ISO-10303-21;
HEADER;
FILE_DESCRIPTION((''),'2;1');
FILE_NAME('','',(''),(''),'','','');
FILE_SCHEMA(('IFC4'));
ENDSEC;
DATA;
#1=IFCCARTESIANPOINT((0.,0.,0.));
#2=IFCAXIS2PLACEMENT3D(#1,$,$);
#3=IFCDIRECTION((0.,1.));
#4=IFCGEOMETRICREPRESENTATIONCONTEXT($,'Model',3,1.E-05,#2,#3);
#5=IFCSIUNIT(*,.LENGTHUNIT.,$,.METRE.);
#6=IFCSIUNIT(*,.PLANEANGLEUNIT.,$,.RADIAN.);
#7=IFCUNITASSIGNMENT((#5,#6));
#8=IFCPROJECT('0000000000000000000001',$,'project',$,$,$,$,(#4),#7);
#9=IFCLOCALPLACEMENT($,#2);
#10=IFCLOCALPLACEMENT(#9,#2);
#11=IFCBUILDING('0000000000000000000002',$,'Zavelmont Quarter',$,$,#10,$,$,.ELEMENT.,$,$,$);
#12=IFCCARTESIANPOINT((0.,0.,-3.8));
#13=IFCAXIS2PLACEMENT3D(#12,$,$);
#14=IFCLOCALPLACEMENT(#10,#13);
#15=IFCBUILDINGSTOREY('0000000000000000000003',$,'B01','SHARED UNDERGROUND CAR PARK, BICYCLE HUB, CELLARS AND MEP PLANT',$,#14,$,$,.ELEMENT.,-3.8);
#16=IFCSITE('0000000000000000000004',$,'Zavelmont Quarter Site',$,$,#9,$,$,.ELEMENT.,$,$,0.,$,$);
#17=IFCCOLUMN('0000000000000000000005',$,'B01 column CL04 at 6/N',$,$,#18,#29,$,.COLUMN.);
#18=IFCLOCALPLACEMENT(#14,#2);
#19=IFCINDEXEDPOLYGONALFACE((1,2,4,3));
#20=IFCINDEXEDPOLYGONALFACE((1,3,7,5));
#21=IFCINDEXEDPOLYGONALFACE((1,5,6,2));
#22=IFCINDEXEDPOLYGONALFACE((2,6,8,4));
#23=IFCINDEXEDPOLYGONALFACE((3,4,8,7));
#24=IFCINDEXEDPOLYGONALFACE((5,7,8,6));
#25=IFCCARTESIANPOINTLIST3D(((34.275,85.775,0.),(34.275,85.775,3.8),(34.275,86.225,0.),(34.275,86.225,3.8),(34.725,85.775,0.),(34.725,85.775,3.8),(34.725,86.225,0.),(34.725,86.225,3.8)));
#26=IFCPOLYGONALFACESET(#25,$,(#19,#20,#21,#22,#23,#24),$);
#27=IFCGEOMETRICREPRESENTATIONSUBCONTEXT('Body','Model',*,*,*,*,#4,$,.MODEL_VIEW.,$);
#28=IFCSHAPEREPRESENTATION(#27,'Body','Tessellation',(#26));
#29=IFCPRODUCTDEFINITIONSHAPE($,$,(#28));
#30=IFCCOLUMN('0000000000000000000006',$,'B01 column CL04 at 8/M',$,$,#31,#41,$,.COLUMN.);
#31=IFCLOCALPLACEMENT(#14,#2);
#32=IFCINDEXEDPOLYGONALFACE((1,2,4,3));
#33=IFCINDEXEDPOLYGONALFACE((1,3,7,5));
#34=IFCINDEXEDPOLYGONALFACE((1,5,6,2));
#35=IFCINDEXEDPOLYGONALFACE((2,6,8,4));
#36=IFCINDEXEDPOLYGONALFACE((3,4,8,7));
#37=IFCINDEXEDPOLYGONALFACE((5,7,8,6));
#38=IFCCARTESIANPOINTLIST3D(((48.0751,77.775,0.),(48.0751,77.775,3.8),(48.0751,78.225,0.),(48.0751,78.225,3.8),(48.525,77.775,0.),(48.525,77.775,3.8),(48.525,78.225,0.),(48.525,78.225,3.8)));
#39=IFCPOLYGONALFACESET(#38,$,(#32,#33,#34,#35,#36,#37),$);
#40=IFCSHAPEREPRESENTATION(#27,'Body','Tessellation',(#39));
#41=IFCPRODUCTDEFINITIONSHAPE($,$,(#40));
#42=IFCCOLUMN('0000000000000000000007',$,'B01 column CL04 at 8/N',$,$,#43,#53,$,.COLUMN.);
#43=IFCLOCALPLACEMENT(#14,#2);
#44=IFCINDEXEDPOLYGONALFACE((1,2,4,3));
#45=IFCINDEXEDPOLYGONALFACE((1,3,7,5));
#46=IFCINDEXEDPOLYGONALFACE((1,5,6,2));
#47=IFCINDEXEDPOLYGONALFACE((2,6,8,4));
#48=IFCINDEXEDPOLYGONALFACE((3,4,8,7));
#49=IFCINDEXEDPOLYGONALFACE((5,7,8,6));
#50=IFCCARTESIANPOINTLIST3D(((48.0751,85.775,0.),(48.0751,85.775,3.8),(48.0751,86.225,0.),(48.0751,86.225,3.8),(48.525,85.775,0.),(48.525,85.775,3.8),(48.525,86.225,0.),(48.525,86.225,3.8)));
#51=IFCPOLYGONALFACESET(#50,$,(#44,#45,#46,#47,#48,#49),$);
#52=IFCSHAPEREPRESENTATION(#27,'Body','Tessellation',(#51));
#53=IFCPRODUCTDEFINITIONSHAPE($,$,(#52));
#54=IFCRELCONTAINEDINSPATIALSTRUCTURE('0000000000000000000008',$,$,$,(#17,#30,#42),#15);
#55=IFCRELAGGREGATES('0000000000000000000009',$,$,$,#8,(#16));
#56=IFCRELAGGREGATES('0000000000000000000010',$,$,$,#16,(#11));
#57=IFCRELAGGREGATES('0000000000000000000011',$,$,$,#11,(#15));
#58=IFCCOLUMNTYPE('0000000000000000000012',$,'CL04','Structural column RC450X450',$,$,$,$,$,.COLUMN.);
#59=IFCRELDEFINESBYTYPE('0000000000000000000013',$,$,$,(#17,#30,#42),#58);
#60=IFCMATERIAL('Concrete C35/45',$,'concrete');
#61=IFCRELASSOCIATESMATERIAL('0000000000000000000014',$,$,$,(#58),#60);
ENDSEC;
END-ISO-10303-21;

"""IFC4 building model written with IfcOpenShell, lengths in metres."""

from ifc_helpers import new_model, si_unit, direction, frame, origin, origin_2d, place, context, subcontext, project, spatial, rectangle, extrude, material, material_profile, profile_set, type_object, element, save


model = new_model("IFC4")

# Units and contexts
model_context = context("Model", 3, precision=1e-05, world=origin(), true_north=direction((0.0, 1.0)))
body_context = subcontext(model_context, "Body", "Model", "MODEL_VIEW")
ifc_project = project(units=[si_unit("LENGTHUNIT", "METRE"), si_unit("PLANEANGLEUNIT", "RADIAN")], contexts=[model_context])

# Site, building, storey
site_placement = place(None, origin())
site = spatial("IfcSite", under=ifc_project, at=site_placement, Name="Zavelmont Quarter Site", CompositionType="ELEMENT", RefElevation=0.0)
building_placement = place(site_placement, origin())
building = spatial("IfcBuilding", under=site, at=building_placement, Name="Zavelmont Quarter", CompositionType="ELEMENT")
storey_placement = place(building_placement, frame((0.0, 0.0, -3.8)))
storey = spatial("IfcBuildingStorey", under=building, at=storey_placement, Name="B01", Description="SHARED UNDERGROUND CAR PARK, BICYCLE HUB, CELLARS AND MEP PLANT", CompositionType="ELEMENT", Elevation=-3.8)

# Shared definitions
ifc_material = material(Name="Concrete C35/45", Category="concrete")

# Columns
ifc_material_profile_1 = material_profile(ifc_material, rectangle(XDim=0.45, YDim=0.45, at=origin_2d()), Name="RC450X450")
ifc_profile_set_1 = profile_set([ifc_material_profile_1], Name="Concrete C35/45")
column_type = type_object("IfcColumnType", Name="CL04", Description="Structural column RC450X450", PredefinedType="COLUMN", material=ifc_profile_set_1)
for number, where, z_axis, x_axis, name in (
    (1, (34.5, 86.0, 0.0), (0.0, 0.0, 1.0), (1.0, 0.0, 0.0), "B01 column CL04 at 6/N"),
    (2, (48.3, 78.0, 0.0), (0.0, 0.0, 1.0), (1.0, 0.0, 0.0), "B01 column CL04 at 8/M"),
    (3, (48.3, 86.0, 0.0), (0.0, 0.0, 1.0), (1.0, 0.0, 0.0), "B01 column CL04 at 8/N"),
):
    element("IfcColumn", number, at=place(storey_placement, frame(where, z_axis=z_axis, x_axis=x_axis)), inside=storey, type_object=column_type, Name=name, PredefinedType="COLUMN", context=body_context, shape_type="SweptSolid", body=[
        extrude(rectangle(XDim=0.45, YDim=0.45, at=origin_2d()), origin(), (0.0, 0.0, 1.0), 3.8),
    ])

save(model, "model.ifc")
